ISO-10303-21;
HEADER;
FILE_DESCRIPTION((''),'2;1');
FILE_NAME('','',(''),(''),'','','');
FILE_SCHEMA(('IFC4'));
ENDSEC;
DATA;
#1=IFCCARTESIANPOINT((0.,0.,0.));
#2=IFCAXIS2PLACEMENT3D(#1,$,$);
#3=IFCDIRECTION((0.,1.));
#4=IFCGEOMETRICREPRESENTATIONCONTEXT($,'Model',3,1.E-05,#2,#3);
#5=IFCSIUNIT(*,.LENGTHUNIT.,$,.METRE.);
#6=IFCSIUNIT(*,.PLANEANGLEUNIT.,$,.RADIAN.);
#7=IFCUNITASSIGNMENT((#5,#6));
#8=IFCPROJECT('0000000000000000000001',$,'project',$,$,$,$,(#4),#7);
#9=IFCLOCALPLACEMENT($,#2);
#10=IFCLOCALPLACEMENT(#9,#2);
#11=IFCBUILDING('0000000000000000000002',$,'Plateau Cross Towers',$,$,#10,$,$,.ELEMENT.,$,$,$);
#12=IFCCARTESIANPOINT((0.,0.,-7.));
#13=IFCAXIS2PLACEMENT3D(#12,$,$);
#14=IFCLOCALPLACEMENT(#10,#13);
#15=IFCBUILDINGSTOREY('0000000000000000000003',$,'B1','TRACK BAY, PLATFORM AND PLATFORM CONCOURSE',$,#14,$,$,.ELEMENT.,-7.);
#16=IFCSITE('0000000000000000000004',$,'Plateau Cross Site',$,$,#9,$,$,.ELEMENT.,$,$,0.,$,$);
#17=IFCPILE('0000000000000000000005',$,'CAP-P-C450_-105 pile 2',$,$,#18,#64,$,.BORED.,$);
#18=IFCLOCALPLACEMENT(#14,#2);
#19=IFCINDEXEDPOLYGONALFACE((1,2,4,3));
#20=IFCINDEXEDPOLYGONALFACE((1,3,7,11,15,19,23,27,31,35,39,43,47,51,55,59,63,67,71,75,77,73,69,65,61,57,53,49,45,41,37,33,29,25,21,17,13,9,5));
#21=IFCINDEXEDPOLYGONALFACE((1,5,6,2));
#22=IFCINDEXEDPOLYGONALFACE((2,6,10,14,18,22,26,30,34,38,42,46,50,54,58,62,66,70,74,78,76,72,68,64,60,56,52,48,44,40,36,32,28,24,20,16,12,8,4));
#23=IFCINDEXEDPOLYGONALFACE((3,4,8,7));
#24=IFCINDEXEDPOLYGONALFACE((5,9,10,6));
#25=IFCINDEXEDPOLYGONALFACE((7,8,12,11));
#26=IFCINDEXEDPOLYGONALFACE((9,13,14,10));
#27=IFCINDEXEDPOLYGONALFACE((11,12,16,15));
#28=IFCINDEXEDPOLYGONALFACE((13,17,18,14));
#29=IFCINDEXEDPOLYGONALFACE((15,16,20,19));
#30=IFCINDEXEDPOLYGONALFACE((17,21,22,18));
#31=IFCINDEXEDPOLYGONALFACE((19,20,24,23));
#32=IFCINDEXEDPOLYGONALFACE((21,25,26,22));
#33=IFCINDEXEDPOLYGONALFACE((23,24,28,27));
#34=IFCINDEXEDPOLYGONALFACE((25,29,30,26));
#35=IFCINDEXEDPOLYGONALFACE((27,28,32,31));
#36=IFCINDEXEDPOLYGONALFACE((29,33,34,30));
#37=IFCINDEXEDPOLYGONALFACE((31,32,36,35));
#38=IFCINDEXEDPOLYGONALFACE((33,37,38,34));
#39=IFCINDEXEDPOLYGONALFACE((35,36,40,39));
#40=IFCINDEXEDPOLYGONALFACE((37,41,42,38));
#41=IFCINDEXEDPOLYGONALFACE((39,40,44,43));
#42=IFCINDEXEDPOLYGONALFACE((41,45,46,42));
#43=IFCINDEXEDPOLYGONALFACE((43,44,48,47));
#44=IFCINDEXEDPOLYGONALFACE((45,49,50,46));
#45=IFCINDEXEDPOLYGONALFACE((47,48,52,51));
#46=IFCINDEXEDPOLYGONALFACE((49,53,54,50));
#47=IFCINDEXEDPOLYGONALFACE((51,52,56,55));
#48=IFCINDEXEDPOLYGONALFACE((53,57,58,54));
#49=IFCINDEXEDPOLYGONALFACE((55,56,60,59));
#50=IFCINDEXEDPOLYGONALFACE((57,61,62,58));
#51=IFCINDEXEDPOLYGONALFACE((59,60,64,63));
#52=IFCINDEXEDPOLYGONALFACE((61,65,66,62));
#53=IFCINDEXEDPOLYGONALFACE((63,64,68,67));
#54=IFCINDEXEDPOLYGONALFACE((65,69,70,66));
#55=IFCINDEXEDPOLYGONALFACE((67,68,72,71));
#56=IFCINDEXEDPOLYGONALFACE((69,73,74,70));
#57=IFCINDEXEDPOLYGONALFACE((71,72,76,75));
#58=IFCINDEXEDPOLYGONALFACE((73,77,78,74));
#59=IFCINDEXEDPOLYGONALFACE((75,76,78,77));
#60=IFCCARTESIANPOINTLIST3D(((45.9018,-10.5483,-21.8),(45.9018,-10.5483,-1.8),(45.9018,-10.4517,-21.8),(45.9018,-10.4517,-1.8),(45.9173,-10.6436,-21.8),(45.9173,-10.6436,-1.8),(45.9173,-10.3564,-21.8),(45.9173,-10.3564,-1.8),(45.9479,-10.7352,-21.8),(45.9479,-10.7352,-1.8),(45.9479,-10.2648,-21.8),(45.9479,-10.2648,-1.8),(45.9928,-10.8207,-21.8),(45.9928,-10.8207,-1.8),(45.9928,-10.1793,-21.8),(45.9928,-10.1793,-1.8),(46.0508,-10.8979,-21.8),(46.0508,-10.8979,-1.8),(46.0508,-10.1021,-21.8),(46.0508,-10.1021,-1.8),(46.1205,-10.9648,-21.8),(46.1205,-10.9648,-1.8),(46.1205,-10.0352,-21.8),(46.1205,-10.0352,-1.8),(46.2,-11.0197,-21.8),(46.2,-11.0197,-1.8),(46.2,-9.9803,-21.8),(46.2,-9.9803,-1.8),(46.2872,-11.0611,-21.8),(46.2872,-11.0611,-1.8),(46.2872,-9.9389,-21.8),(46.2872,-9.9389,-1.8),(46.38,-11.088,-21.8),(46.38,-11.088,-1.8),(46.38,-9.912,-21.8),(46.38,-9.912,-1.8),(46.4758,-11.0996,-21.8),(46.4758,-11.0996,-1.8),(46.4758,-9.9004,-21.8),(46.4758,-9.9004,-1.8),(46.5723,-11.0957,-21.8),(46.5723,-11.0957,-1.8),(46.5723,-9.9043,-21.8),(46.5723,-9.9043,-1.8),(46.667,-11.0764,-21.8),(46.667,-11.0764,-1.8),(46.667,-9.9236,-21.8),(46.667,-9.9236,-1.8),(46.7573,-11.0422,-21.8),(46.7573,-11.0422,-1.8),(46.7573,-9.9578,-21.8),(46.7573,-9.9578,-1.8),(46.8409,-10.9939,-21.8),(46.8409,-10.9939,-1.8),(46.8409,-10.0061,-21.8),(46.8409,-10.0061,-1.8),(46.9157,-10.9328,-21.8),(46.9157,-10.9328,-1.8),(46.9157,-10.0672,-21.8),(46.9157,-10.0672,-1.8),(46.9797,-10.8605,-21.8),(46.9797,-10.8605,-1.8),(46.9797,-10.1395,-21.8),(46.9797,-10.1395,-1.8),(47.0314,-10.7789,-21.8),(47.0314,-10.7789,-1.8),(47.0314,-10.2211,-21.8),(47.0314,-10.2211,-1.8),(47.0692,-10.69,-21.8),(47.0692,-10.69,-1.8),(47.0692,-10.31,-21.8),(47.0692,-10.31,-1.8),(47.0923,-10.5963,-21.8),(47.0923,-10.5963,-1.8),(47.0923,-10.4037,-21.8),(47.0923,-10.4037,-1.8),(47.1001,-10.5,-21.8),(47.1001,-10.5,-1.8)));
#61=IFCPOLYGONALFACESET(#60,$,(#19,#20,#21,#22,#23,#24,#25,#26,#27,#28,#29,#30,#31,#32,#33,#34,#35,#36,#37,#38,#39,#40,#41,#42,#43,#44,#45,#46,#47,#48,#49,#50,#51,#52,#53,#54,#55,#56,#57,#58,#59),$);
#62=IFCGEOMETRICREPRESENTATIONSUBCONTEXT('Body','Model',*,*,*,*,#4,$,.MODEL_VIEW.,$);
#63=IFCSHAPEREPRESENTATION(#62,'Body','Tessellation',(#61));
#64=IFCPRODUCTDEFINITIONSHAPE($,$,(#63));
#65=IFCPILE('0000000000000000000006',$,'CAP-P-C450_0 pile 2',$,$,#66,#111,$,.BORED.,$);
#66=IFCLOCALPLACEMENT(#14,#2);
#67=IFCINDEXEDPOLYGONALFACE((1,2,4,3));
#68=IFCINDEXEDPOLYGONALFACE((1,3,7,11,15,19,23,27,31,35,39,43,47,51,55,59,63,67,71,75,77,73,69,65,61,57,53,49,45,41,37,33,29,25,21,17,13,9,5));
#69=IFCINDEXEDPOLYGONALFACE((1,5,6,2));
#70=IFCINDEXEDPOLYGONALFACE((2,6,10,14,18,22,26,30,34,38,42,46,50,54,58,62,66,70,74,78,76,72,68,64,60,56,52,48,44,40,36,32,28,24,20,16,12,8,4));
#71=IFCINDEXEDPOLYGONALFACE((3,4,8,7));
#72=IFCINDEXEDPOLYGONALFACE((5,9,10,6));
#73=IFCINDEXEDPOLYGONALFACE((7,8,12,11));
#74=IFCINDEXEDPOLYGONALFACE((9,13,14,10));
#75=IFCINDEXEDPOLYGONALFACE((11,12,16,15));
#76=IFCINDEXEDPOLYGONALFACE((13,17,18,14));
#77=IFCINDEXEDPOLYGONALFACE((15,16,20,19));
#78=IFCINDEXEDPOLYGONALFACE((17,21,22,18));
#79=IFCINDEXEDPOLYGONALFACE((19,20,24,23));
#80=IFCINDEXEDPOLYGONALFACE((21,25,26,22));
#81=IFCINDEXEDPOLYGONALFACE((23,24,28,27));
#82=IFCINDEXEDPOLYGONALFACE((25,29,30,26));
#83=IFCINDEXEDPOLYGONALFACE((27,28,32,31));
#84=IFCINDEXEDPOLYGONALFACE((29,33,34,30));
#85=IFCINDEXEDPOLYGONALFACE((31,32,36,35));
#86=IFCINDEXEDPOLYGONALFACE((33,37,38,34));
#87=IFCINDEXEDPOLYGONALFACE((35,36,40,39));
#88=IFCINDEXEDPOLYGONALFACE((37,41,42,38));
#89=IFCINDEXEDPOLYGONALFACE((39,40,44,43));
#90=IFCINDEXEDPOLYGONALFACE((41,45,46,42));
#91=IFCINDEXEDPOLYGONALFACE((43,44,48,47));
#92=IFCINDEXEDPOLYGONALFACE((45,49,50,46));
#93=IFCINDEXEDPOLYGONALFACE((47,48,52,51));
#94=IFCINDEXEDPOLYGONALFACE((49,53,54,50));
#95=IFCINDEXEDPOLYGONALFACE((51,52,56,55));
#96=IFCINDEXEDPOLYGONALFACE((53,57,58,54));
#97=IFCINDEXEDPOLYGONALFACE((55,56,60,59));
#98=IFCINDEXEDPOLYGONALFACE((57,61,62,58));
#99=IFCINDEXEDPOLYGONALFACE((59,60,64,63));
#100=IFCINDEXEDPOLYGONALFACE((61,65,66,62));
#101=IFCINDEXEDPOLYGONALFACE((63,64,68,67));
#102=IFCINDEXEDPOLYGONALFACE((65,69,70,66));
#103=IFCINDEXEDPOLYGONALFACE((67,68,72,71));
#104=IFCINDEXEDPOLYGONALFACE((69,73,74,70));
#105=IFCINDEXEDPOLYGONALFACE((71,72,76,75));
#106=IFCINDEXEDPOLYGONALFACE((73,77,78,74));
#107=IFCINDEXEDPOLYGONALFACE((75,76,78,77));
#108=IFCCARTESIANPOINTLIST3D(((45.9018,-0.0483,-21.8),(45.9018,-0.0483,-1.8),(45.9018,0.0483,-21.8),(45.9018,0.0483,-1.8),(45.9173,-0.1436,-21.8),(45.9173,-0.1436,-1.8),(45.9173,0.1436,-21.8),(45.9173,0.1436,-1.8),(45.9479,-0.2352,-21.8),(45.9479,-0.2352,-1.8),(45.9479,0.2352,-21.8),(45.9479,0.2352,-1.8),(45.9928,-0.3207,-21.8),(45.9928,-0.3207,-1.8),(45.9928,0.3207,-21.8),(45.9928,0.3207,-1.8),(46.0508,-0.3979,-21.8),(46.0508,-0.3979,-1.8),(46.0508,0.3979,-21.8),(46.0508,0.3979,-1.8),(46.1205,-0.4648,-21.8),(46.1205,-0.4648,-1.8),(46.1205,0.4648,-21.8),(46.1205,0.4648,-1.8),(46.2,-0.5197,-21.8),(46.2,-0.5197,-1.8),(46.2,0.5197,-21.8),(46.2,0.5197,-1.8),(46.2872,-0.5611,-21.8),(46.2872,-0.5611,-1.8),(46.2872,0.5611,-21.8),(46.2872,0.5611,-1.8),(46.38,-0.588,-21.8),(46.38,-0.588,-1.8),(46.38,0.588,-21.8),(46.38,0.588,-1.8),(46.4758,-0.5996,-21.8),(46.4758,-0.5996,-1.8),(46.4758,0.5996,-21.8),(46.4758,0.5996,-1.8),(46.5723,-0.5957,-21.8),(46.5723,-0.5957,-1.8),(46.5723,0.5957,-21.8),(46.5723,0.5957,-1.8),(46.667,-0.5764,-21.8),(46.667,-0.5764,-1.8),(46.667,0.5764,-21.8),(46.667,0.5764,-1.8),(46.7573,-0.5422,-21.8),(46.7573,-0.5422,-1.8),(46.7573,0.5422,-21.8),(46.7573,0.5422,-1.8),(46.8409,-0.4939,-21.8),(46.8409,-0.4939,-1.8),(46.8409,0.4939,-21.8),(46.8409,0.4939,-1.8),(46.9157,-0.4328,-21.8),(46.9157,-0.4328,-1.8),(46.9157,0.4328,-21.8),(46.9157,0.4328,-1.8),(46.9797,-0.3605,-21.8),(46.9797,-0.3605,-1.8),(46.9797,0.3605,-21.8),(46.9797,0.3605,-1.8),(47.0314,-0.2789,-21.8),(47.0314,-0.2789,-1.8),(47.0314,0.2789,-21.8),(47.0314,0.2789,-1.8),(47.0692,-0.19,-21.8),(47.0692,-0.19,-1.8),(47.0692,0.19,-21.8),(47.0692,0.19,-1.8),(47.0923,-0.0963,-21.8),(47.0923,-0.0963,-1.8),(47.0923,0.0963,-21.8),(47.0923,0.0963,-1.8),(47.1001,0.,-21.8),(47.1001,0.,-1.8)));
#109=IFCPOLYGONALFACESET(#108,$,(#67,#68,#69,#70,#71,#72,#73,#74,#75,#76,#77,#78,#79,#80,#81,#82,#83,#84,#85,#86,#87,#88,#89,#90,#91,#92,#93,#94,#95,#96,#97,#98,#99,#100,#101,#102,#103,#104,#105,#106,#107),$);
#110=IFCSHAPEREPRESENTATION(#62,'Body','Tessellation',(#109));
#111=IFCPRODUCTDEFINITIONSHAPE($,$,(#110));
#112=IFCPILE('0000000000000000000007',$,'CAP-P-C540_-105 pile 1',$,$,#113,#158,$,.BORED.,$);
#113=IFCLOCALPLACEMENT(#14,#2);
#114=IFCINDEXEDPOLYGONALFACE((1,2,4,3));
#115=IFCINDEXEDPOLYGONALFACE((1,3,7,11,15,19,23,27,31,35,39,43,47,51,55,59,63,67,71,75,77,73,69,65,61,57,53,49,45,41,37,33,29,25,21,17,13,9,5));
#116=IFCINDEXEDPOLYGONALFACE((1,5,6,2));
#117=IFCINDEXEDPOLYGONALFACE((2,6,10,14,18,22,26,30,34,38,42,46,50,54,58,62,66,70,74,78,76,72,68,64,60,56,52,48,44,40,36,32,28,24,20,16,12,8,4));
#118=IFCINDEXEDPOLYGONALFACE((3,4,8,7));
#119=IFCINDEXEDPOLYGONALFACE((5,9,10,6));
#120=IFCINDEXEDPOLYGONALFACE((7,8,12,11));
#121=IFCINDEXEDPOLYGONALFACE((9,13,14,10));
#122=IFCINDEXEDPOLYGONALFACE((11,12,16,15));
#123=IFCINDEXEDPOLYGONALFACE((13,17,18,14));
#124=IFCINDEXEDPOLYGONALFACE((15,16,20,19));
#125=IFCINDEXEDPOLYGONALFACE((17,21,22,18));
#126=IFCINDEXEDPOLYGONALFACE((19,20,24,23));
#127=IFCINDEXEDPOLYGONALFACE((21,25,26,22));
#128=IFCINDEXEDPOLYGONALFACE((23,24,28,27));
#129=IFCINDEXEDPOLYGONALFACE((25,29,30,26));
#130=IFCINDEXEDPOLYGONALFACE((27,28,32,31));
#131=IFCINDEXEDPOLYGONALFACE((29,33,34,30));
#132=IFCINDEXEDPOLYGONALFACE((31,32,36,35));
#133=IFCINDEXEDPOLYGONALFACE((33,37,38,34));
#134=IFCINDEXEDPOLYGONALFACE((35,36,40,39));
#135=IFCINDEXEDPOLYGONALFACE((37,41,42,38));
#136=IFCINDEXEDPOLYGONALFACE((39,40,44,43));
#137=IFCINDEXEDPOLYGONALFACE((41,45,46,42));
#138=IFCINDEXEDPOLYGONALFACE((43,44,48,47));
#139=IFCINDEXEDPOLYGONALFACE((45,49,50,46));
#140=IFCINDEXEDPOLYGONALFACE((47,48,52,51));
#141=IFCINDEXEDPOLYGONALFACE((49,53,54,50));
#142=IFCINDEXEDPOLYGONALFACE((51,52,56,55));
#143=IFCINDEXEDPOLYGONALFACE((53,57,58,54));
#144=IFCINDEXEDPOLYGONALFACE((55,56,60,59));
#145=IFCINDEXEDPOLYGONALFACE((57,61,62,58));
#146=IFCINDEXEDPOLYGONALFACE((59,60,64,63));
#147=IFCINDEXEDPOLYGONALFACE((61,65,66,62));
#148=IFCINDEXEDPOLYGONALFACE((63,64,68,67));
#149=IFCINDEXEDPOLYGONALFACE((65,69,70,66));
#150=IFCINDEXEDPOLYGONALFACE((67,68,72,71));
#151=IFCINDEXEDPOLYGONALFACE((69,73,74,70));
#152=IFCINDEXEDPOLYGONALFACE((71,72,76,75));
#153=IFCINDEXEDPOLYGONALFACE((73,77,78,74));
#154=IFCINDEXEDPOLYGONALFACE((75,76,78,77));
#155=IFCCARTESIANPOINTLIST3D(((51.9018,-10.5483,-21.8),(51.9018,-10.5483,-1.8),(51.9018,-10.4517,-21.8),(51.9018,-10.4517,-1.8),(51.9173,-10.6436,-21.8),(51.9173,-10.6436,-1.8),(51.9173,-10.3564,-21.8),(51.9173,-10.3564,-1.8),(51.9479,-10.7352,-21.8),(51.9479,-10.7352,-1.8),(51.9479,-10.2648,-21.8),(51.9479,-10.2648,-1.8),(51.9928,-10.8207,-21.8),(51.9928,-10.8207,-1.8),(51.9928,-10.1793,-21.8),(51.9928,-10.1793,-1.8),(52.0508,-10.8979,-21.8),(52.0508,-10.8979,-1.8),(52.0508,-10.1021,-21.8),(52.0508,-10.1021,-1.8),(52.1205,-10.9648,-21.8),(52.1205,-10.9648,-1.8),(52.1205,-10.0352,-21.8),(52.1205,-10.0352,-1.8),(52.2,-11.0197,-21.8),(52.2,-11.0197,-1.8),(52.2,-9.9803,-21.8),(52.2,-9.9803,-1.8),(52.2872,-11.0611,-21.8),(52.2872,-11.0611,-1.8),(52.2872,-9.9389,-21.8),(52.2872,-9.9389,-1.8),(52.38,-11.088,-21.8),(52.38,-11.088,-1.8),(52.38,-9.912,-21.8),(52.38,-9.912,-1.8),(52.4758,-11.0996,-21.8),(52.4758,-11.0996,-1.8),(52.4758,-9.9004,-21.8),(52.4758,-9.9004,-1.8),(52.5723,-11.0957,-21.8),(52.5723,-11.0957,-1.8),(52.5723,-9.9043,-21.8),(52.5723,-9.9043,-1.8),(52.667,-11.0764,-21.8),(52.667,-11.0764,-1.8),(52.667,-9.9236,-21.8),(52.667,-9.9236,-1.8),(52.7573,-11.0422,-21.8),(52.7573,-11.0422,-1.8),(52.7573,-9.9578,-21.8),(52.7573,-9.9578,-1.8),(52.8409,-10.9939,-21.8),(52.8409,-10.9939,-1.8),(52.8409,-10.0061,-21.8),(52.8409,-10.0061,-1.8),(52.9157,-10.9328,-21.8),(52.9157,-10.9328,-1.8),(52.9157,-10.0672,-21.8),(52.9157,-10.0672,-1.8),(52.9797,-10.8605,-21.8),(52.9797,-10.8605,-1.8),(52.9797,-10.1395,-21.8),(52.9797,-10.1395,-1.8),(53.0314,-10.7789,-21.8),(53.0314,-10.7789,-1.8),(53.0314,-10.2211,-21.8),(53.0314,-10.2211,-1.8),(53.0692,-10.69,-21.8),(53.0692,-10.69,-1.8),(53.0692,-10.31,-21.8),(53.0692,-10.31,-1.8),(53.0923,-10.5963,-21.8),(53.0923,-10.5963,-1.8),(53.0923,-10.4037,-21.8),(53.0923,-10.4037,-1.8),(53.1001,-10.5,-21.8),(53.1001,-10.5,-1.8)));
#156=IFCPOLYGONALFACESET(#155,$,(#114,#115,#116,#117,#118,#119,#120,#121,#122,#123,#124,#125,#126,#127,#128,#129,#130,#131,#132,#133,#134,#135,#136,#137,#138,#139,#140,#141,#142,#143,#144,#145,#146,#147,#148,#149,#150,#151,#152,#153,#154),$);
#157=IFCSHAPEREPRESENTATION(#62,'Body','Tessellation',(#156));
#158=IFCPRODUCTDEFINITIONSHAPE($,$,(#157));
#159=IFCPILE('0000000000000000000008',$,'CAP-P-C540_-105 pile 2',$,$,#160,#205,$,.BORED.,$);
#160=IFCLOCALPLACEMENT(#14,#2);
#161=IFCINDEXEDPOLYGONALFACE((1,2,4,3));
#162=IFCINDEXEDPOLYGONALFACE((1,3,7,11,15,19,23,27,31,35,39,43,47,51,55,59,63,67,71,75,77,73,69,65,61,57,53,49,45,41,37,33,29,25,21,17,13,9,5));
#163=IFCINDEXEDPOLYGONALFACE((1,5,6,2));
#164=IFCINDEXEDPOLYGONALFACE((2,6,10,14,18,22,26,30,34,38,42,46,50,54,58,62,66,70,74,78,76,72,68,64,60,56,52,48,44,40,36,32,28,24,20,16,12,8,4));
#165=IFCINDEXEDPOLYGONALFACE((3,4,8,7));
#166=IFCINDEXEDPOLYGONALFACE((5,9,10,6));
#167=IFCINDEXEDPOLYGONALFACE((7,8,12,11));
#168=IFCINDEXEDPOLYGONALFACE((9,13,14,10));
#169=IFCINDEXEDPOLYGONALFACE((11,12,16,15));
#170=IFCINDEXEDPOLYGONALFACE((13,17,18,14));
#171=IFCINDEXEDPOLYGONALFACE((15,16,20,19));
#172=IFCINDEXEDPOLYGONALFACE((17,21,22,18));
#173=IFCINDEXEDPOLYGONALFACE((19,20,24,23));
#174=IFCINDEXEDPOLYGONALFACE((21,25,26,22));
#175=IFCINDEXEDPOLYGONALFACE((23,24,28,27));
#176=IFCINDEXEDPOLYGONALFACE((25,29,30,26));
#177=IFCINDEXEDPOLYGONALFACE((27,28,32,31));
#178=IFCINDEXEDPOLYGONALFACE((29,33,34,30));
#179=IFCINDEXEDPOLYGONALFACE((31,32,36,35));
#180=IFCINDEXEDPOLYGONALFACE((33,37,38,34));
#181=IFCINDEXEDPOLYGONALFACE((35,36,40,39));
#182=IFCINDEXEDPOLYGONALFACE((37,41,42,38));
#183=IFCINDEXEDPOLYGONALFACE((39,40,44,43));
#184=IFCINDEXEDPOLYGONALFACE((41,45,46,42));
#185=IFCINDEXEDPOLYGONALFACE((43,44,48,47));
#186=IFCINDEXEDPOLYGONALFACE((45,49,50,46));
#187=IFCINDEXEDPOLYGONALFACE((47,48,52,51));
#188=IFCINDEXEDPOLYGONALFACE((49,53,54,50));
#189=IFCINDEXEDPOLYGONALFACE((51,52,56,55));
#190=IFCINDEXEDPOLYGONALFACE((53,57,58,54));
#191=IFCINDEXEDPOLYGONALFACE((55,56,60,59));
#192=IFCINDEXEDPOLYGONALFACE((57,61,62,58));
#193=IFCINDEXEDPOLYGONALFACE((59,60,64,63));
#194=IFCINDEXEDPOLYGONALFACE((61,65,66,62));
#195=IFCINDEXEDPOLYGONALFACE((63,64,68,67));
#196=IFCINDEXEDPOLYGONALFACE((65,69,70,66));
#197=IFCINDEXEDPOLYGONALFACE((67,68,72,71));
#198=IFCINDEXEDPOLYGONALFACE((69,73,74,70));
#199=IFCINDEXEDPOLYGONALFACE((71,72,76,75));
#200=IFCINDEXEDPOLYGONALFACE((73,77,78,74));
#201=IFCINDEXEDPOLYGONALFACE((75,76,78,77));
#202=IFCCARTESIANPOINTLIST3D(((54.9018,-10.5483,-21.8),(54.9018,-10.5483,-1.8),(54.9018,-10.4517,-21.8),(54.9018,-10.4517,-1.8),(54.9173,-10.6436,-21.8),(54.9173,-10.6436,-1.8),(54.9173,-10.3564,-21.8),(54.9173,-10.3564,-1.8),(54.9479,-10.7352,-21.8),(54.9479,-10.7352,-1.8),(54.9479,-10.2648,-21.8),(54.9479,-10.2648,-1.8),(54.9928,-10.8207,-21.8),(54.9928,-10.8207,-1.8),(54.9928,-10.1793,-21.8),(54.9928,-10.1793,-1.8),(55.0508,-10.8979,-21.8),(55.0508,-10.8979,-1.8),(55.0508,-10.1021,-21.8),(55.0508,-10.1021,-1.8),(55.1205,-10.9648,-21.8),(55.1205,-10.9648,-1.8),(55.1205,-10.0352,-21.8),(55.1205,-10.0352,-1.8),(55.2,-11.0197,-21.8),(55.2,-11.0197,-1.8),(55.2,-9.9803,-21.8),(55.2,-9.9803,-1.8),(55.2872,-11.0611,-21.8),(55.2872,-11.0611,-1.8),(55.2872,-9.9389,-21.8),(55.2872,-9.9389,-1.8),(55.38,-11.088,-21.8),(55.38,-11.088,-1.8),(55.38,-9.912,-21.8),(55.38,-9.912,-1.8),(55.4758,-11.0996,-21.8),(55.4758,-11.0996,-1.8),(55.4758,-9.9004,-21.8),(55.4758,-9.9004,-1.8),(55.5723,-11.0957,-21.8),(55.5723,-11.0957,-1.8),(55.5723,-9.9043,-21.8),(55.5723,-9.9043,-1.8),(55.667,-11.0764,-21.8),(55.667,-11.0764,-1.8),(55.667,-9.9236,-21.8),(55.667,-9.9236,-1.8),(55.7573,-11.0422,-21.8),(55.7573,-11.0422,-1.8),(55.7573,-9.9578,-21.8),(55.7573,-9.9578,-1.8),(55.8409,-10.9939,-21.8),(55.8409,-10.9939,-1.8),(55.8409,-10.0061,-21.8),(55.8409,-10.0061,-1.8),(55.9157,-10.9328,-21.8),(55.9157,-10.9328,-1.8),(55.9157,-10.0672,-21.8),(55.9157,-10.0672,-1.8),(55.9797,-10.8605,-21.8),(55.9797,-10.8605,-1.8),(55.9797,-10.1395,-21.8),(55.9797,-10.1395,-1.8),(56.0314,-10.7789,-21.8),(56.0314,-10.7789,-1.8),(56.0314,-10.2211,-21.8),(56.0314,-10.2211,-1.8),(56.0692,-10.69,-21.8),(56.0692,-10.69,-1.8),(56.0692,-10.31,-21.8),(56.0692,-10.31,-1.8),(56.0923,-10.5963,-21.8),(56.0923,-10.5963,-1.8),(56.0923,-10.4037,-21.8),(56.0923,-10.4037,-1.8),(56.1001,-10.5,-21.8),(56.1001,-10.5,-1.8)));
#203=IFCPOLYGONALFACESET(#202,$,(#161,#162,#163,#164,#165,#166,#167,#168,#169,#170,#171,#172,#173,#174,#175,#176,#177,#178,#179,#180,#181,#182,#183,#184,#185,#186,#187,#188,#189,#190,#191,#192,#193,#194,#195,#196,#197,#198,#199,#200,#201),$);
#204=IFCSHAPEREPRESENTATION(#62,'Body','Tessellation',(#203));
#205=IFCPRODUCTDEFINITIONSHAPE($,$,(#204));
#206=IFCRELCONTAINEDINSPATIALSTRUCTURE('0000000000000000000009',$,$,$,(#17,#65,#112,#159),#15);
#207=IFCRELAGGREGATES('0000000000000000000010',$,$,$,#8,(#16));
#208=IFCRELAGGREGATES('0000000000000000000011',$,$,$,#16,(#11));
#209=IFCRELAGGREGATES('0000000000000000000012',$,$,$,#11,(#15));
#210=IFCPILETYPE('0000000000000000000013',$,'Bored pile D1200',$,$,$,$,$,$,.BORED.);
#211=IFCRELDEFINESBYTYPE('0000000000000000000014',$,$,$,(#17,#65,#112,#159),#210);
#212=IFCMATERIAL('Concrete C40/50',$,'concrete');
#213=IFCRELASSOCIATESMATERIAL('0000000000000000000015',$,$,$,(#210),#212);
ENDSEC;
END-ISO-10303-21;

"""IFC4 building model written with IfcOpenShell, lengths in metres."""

from ifc_helpers import new_model, si_unit, direction, frame, origin, origin_2d, place, context, subcontext, project, spatial, circle, extrude, material, material_profile, profile_set, type_object, element, save


model = new_model("IFC4")

# Units and contexts
model_context = context("Model", 3, precision=1e-05, world=origin(), true_north=direction((0.0, 1.0)))
body_context = subcontext(model_context, "Body", "Model", "MODEL_VIEW")
ifc_project = project(units=[si_unit("LENGTHUNIT", "METRE"), si_unit("PLANEANGLEUNIT", "RADIAN")], contexts=[model_context])

# Site, building, storey
site_placement = place(None, origin())
site = spatial("IfcSite", under=ifc_project, at=site_placement, Name="Plateau Cross Site", CompositionType="ELEMENT", RefElevation=0.0)
building_placement = place(site_placement, origin())
building = spatial("IfcBuilding", under=site, at=building_placement, Name="Plateau Cross Towers", CompositionType="ELEMENT")
storey_placement = place(building_placement, frame((0.0, 0.0, -7.0)))
storey = spatial("IfcBuildingStorey", under=building, at=storey_placement, Name="B1", Description="TRACK BAY, PLATFORM AND PLATFORM CONCOURSE", CompositionType="ELEMENT", Elevation=-7.0)

# Piles
ifc_material_1 = material(Name="Concrete C40/50", Category="concrete")
ifc_material_profile_1 = material_profile(ifc_material_1, circle(Radius=0.6001, at=origin_2d()), Name="Bored pile D1200")
ifc_profile_set_1 = profile_set([ifc_material_profile_1], Name="Concrete C40/50")
pile_type = type_object("IfcPileType", Name="Bored pile D1200", PredefinedType="BORED", material=ifc_profile_set_1)
for number, where, z_axis, x_axis, name in (
    (1, (46.5, -10.5, -1.8), (0.0, 0.0, -1.0), (1.0, 0.0, 0.0), "CAP-P-C450_-105 pile 2"),
    (2, (46.5, 0.0, -1.8), (0.0, 0.0, -1.0), (1.0, 0.0, 0.0), "CAP-P-C450_0 pile 2"),
    (3, (52.5, -10.5, -1.8), (0.0, 0.0, -1.0), (1.0, 0.0, 0.0), "CAP-P-C540_-105 pile 1"),
    (4, (55.5, -10.5, -1.8), (0.0, 0.0, -1.0), (1.0, 0.0, 0.0), "CAP-P-C540_-105 pile 2"),
):
    element("IfcPile", number, at=place(storey_placement, frame(where, z_axis=z_axis, x_axis=x_axis)), inside=storey, type_object=pile_type, Name=name, PredefinedType="BORED", context=body_context, shape_type="SweptSolid", body=[
        extrude(circle(Radius=0.6001, at=origin_2d()), origin(), (0.0, 0.0, 1.0), 20.0),
    ])

save(model, "model.ifc")
